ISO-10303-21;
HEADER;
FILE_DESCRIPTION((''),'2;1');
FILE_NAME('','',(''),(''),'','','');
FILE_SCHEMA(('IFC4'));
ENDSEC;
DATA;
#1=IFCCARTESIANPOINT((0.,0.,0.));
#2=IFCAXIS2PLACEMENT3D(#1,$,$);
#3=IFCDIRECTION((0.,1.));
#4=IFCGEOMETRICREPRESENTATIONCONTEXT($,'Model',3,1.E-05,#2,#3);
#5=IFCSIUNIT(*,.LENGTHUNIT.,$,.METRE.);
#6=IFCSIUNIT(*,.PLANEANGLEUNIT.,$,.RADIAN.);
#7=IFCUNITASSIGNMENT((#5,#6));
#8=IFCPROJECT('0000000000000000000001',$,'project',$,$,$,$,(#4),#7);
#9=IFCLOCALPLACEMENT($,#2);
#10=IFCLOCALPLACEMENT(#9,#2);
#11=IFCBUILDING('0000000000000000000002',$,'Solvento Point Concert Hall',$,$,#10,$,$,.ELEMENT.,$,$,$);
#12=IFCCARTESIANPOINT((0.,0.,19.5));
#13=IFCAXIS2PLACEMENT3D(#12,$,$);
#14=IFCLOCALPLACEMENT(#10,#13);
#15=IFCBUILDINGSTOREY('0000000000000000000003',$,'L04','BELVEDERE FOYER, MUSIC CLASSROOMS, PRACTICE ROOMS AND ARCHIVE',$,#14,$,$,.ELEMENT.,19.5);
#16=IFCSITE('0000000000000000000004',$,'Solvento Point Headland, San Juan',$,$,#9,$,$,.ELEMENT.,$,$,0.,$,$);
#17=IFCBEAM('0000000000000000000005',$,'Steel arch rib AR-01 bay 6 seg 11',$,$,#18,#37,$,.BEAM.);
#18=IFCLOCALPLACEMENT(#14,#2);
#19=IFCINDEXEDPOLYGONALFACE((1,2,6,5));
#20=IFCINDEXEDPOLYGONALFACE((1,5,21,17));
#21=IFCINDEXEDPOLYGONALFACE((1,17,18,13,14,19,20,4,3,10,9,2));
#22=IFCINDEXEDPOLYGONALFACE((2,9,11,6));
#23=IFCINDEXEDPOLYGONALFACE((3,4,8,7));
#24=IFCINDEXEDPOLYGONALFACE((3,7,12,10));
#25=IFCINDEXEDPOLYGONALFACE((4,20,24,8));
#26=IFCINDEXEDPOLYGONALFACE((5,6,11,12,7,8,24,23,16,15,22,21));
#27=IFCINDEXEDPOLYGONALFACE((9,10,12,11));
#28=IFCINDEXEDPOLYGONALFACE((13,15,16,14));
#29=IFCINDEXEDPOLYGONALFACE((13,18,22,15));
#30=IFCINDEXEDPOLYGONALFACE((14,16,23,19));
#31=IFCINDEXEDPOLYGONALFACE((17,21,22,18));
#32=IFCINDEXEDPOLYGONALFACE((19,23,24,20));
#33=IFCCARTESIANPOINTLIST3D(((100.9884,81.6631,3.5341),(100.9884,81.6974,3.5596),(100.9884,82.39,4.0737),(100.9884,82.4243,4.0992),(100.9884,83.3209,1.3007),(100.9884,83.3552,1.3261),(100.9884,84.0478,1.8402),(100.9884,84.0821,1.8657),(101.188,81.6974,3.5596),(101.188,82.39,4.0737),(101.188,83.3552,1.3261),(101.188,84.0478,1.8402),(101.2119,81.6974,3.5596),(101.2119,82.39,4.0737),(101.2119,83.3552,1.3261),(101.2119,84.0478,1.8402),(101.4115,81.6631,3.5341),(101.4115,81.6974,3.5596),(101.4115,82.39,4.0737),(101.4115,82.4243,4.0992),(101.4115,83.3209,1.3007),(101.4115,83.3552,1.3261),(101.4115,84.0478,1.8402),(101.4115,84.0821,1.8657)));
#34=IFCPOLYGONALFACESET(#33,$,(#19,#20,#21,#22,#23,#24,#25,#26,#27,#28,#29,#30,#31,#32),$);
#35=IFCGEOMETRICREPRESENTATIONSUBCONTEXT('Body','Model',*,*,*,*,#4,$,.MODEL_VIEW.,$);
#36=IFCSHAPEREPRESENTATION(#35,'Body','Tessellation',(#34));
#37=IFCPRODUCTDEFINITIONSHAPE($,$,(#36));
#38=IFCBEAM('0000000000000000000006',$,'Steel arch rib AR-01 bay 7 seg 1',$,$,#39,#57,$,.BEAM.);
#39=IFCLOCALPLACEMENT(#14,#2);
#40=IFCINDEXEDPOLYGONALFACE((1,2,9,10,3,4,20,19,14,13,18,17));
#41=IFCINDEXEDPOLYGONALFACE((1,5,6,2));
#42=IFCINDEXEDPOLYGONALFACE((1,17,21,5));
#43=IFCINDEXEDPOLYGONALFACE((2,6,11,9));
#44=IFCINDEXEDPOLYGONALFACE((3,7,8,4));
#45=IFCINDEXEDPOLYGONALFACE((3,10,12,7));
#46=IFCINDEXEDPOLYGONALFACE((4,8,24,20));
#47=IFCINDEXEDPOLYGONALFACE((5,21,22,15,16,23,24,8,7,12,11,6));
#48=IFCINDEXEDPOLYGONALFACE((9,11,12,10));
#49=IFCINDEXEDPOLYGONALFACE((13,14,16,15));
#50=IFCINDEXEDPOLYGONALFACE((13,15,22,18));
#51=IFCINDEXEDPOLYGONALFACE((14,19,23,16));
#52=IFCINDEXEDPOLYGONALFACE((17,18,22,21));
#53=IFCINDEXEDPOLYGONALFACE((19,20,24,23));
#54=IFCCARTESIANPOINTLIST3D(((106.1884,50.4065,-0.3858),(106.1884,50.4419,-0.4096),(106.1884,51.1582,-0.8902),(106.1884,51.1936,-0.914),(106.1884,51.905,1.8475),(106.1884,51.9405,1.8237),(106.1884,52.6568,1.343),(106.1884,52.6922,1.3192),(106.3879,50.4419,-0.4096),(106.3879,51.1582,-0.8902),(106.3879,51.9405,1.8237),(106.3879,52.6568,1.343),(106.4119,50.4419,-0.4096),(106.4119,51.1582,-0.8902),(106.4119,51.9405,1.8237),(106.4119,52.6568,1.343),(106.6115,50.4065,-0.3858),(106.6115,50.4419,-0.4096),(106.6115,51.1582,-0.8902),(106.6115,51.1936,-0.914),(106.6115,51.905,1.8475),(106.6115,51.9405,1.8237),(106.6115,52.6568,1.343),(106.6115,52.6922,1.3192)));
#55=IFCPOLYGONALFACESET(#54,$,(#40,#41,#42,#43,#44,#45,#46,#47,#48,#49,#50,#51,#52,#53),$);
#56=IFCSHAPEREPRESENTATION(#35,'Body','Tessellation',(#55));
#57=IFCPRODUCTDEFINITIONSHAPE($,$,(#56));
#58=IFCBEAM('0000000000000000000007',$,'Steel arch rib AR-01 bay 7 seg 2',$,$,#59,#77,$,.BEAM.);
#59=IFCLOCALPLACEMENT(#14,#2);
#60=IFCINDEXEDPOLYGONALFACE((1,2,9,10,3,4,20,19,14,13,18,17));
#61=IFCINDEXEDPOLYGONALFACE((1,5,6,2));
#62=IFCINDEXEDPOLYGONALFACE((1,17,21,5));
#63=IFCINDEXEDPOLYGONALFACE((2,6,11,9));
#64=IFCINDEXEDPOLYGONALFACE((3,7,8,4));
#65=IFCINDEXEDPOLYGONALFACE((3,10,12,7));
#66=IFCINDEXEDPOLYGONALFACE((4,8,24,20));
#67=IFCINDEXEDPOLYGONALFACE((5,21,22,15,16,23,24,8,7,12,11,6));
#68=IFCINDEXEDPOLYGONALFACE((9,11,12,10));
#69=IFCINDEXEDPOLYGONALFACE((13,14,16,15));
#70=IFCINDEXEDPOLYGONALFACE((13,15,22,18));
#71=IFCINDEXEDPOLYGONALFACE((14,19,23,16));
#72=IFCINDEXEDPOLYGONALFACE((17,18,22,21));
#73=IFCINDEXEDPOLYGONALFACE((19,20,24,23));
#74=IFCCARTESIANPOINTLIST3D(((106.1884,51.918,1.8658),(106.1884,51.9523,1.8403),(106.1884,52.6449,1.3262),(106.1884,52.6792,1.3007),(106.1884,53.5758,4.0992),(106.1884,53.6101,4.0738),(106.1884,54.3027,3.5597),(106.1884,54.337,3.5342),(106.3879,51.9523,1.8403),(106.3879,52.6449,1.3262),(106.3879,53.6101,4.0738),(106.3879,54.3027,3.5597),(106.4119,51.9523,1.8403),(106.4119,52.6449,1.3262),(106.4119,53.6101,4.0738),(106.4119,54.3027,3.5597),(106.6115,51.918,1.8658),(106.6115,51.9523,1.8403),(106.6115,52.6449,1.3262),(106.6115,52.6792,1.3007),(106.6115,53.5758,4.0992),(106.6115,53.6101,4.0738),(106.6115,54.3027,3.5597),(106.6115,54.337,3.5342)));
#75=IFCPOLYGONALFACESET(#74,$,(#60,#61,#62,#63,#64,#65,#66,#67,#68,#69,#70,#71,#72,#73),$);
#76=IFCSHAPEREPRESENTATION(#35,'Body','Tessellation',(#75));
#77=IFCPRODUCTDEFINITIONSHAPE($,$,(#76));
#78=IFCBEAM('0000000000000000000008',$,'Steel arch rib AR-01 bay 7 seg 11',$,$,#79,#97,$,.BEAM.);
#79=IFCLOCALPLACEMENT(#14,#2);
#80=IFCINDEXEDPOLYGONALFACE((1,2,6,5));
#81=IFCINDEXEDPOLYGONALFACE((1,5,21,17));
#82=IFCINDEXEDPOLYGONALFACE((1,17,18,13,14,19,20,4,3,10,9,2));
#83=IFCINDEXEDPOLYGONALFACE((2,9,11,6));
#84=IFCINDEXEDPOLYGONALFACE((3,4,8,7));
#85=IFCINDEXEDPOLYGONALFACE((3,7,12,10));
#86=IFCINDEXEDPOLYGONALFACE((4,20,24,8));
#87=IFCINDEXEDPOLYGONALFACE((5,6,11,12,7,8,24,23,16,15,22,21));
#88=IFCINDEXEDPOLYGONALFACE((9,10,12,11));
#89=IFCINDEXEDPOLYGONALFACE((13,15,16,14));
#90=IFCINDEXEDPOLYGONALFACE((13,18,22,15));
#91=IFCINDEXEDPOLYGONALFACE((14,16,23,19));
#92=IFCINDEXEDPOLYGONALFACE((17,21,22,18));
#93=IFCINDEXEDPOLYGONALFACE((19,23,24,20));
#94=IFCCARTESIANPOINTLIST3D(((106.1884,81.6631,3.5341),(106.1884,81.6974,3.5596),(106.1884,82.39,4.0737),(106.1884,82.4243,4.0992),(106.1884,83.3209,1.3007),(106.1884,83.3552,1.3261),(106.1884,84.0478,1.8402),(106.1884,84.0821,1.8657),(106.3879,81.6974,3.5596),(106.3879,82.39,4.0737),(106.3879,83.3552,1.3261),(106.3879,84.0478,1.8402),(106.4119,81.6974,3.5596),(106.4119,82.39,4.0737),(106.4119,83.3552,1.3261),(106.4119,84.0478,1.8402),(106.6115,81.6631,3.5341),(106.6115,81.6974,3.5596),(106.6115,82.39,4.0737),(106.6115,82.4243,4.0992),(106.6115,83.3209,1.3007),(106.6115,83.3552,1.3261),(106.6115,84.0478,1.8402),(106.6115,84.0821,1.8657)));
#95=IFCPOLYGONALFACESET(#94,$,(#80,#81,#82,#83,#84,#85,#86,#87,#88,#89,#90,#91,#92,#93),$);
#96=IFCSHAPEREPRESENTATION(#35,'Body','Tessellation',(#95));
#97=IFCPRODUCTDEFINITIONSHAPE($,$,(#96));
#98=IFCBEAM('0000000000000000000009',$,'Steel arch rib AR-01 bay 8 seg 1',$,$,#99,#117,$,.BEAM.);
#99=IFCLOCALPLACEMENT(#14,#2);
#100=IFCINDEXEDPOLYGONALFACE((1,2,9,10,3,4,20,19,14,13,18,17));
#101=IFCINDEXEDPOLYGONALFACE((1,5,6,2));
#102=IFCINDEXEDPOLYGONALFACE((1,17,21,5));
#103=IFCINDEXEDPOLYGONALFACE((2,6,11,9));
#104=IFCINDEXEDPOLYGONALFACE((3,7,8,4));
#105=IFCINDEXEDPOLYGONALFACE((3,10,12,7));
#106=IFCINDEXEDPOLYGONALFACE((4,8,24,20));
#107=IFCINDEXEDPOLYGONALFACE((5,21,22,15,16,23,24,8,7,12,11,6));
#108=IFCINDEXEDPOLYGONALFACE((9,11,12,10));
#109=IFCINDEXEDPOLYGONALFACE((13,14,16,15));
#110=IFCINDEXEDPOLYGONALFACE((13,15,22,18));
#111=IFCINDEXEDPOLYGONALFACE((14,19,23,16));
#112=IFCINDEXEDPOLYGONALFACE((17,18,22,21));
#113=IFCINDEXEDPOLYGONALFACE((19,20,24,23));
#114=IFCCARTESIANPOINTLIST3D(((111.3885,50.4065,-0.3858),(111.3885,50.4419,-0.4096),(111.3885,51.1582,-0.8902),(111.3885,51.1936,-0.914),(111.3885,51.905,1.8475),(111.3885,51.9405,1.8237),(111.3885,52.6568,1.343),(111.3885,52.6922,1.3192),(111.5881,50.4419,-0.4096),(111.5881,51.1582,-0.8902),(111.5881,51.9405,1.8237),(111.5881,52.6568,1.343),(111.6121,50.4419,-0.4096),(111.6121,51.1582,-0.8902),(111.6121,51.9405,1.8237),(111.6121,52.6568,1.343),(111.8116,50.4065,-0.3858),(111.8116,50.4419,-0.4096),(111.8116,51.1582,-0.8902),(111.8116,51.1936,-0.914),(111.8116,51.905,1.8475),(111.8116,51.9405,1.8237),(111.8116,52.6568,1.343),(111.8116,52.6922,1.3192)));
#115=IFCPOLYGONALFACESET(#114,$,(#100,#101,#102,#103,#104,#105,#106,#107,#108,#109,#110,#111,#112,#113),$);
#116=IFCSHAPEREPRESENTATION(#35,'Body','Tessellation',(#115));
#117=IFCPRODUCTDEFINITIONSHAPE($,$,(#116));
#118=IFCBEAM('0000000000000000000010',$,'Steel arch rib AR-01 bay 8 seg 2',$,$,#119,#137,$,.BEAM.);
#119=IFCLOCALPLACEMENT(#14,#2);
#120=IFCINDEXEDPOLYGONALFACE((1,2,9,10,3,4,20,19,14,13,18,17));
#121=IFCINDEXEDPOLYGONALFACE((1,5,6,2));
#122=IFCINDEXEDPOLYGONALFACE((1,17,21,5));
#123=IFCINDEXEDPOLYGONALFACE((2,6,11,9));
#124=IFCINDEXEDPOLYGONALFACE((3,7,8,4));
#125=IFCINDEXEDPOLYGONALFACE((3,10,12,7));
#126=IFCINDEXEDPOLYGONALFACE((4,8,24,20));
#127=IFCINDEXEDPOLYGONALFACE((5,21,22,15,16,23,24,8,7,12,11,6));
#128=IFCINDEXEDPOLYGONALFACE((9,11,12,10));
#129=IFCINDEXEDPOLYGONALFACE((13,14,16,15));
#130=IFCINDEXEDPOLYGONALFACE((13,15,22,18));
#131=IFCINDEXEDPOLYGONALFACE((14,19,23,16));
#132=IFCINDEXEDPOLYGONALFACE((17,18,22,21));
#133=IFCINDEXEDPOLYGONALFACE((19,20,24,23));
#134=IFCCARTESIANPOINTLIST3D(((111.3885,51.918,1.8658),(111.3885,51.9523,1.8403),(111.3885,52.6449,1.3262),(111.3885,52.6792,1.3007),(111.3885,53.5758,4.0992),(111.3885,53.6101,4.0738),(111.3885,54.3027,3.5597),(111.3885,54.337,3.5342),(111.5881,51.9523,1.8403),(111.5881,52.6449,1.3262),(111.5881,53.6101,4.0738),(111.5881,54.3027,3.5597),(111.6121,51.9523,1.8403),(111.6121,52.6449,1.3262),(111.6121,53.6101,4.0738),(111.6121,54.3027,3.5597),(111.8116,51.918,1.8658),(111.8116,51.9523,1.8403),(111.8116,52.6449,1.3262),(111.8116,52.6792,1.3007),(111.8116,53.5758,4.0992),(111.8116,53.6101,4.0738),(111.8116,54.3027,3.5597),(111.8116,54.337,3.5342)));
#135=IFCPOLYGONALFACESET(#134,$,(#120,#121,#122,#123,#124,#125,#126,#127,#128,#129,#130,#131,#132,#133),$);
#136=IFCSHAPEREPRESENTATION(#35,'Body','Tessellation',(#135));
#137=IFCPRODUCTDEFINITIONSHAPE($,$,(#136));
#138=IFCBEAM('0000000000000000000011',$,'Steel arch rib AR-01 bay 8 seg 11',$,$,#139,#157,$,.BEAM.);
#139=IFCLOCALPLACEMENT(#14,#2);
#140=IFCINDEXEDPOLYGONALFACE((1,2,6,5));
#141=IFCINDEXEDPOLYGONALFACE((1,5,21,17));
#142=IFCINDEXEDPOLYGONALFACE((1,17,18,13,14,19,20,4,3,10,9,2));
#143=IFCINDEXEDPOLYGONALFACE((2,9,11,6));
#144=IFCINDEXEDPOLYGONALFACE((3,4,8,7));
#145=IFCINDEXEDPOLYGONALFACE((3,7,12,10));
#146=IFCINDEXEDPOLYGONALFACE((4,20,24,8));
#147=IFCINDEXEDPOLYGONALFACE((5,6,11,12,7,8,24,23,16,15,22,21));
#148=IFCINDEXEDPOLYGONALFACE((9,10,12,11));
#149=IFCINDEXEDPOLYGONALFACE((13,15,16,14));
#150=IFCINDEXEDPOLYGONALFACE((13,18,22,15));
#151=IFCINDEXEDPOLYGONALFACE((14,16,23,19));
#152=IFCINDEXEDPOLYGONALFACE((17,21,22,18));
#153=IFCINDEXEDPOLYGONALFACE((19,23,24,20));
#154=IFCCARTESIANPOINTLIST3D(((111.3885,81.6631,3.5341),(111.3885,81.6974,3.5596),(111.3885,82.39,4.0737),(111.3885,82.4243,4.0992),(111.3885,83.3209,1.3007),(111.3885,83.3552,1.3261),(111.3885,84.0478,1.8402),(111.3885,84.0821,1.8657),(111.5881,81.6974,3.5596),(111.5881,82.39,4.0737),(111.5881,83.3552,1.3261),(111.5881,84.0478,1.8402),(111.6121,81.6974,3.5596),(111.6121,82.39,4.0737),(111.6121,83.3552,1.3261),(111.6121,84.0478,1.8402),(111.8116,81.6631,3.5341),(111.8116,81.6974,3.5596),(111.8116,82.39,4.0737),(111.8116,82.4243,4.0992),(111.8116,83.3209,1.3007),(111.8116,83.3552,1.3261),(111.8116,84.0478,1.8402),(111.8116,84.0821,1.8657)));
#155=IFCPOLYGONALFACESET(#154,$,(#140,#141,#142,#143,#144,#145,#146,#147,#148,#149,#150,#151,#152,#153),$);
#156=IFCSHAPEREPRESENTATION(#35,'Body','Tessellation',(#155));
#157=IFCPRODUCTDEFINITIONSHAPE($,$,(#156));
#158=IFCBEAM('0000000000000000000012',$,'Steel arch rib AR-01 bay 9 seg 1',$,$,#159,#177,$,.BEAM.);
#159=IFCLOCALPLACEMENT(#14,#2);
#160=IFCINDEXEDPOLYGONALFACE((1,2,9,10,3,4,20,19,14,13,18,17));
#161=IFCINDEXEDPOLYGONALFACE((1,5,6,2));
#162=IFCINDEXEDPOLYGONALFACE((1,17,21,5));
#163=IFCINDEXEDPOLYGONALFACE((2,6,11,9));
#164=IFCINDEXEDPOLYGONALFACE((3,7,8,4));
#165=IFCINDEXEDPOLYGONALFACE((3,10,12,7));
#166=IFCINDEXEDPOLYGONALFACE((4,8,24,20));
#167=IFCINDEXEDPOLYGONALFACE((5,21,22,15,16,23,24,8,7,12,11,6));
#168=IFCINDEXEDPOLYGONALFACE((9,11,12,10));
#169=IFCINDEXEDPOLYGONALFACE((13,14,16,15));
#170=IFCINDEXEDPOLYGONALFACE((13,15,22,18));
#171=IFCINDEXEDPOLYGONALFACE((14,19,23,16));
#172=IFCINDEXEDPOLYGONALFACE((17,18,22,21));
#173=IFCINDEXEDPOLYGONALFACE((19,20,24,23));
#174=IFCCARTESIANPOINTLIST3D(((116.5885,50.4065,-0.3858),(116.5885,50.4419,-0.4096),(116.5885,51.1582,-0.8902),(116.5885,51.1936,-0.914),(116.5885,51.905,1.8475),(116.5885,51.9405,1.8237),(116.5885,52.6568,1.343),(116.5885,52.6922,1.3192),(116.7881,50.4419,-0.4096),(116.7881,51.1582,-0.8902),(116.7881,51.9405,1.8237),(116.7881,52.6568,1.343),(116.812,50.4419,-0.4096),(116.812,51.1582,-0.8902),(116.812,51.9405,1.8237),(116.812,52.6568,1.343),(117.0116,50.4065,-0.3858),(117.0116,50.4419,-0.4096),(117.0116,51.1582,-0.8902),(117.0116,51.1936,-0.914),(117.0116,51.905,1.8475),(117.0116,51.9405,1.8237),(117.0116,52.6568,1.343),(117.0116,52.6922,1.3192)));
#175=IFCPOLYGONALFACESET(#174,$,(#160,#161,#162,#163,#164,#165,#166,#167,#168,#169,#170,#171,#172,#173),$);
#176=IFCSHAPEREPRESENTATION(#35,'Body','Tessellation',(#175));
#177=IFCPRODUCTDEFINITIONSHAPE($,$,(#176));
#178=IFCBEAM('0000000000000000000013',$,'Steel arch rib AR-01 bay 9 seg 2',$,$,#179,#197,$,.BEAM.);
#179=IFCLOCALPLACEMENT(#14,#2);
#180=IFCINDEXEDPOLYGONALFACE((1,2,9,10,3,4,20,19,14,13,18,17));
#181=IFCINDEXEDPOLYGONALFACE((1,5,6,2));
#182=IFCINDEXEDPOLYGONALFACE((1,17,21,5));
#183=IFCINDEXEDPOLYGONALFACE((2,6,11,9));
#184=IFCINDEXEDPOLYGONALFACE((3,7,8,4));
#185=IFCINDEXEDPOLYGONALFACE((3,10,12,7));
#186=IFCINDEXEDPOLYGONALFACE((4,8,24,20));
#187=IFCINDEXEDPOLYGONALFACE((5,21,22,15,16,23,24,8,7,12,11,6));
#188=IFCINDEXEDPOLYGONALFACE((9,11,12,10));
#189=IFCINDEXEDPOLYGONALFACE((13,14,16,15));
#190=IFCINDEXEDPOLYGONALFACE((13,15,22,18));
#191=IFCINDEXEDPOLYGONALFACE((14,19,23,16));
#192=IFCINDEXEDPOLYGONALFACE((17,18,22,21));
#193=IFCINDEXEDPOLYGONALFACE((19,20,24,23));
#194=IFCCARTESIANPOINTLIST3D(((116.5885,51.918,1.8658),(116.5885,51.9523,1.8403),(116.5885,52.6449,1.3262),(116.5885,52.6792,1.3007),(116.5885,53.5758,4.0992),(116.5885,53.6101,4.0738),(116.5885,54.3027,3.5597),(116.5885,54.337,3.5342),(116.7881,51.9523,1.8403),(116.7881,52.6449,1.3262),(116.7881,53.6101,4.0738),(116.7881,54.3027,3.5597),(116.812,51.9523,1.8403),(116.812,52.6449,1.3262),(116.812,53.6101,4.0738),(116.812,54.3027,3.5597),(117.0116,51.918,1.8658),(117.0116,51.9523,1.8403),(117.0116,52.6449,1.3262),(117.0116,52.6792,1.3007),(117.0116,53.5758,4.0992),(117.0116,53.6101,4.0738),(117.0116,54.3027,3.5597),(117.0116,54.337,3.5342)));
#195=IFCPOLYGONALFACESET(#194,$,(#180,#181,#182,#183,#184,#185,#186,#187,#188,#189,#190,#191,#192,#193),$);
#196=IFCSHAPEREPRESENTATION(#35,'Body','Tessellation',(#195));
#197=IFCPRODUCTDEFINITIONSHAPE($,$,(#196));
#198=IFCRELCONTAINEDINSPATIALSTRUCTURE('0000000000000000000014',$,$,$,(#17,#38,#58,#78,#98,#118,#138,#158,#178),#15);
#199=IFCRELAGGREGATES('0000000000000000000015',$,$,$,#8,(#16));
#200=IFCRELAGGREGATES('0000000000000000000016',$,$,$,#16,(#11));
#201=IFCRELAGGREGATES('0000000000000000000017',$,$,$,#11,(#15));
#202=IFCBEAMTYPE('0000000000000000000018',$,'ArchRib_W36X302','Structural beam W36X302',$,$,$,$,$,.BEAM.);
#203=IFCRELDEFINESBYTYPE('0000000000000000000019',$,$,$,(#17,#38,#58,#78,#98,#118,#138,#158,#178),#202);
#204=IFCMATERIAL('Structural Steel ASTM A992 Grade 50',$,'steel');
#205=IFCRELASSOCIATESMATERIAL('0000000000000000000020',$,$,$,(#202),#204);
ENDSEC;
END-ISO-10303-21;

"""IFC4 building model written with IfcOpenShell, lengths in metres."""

from ifc_helpers import new_model, si_unit, direction, frame, origin, origin_2d, place, context, subcontext, project, spatial, i_section, extrude, material, material_profile, profile_set, type_object, element, save


model = new_model("IFC4")

# Units and contexts
model_context = context("Model", 3, precision=1e-05, world=origin(), true_north=direction((0.0, 1.0)))
body_context = subcontext(model_context, "Body", "Model", "MODEL_VIEW")
ifc_project = project(units=[si_unit("LENGTHUNIT", "METRE"), si_unit("PLANEANGLEUNIT", "RADIAN")], contexts=[model_context])

# Site, building, storey
site_placement = place(None, origin())
site = spatial("IfcSite", under=ifc_project, at=site_placement, Name="Solvento Point Headland, San Juan", CompositionType="ELEMENT", RefElevation=0.0)
building_placement = place(site_placement, origin())
building = spatial("IfcBuilding", under=site, at=building_placement, Name="Solvento Point Concert Hall", CompositionType="ELEMENT")
storey_placement = place(building_placement, frame((0.0, 0.0, 19.5)))
storey = spatial("IfcBuildingStorey", under=building, at=storey_placement, Name="L04", Description="BELVEDERE FOYER, MUSIC CLASSROOMS, PRACTICE ROOMS AND ARCHIVE", CompositionType="ELEMENT", Elevation=19.5)

# Beams
ifc_material_1 = material(Name="Structural Steel ASTM A992 Grade 50", Category="steel")
ifc_material_profile_1 = material_profile(ifc_material_1, i_section(OverallWidth=0.4231, OverallDepth=0.948, WebThickness=0.0239, FlangeThickness=0.0427, at=origin_2d()), Name="W36X302")
ifc_profile_set_1 = profile_set([ifc_material_profile_1], Name="Structural Steel ASTM A992 Grade 50")
beam_type_1 = type_object("IfcBeamType", Name="ArchRib_W36X302", Description="Structural beam W36X302", PredefinedType="BEAM", material=ifc_profile_set_1)
beam_1_placement = place(storey_placement, frame((101.2, 82.0437, 3.8167), z_axis=(0.0, 0.596004, -0.802981), x_axis=(-1.0, 0.0, 0.0)))
element("IfcBeam", 1, at=beam_1_placement, inside=storey, type_object=beam_type_1, Name="Steel arch rib AR-01 bay 6 seg 11", PredefinedType="BEAM", context=body_context, shape_type="SweptSolid", body=[
    extrude(i_section(OverallWidth=0.4231, OverallDepth=0.948, WebThickness=0.0239, FlangeThickness=0.0427, at=origin_2d()), origin(), (0.0, 0.0, 1.0), 2.7815),
])
beam_2_placement = place(storey_placement, frame((106.3999, 50.8, -0.6499), z_axis=(0.0, 0.557212, 0.830371), x_axis=(-1.0, 0.0, 0.0)))
element("IfcBeam", 2, at=beam_2_placement, inside=storey, type_object=beam_type_1, Name="Steel arch rib AR-01 bay 7 seg 1", PredefinedType="BEAM", context=body_context, shape_type="SweptSolid", body=[
    extrude(i_section(OverallWidth=0.4231, OverallDepth=0.948, WebThickness=0.0239, FlangeThickness=0.0427, at=origin_2d()), origin(), (0.0, 0.0, 1.0), 2.6895),
])
for number, where, z_axis, x_axis, name in (
    (3, (106.3999, 52.2986, 1.5833), (0.0, 0.596004, 0.802981), (-1.0, 0.0, 0.0), "Steel arch rib AR-01 bay 7 seg 2"),
    (4, (106.3999, 82.0437, 3.8167), (0.0, 0.596004, -0.802981), (-1.0, 0.0, 0.0), "Steel arch rib AR-01 bay 7 seg 11"),
):
    element("IfcBeam", number, at=place(storey_placement, frame(where, z_axis=z_axis, x_axis=x_axis)), inside=storey, type_object=beam_type_1, Name=name, PredefinedType="BEAM", context=body_context, shape_type="SweptSolid", body=[
        extrude(i_section(OverallWidth=0.4231, OverallDepth=0.948, WebThickness=0.0239, FlangeThickness=0.0427, at=origin_2d()), origin(), (0.0, 0.0, 1.0), 2.7815),
    ])
beam_3_placement = place(storey_placement, frame((111.6001, 50.8, -0.6499), z_axis=(0.0, 0.557212, 0.830371), x_axis=(-1.0, 0.0, 0.0)))
element("IfcBeam", 5, at=beam_3_placement, inside=storey, type_object=beam_type_1, Name="Steel arch rib AR-01 bay 8 seg 1", PredefinedType="BEAM", context=body_context, shape_type="SweptSolid", body=[
    extrude(i_section(OverallWidth=0.4231, OverallDepth=0.948, WebThickness=0.0239, FlangeThickness=0.0427, at=origin_2d()), origin(), (0.0, 0.0, 1.0), 2.6895),
])
for number, where, z_axis, x_axis, name in (
    (6, (111.6001, 52.2986, 1.5833), (0.0, 0.596004, 0.802981), (-1.0, 0.0, 0.0), "Steel arch rib AR-01 bay 8 seg 2"),
    (7, (111.6001, 82.0437, 3.8167), (0.0, 0.596004, -0.802981), (-1.0, 0.0, 0.0), "Steel arch rib AR-01 bay 8 seg 11"),
):
    element("IfcBeam", number, at=place(storey_placement, frame(where, z_axis=z_axis, x_axis=x_axis)), inside=storey, type_object=beam_type_1, Name=name, PredefinedType="BEAM", context=body_context, shape_type="SweptSolid", body=[
        extrude(i_section(OverallWidth=0.4231, OverallDepth=0.948, WebThickness=0.0239, FlangeThickness=0.0427, at=origin_2d()), origin(), (0.0, 0.0, 1.0), 2.7815),
    ])
beam_4_placement = place(storey_placement, frame((116.8, 50.8, -0.6499), z_axis=(0.0, 0.557212, 0.830371), x_axis=(-1.0, 0.0, 0.0)))
element("IfcBeam", 8, at=beam_4_placement, inside=storey, type_object=beam_type_1, Name="Steel arch rib AR-01 bay 9 seg 1", PredefinedType="BEAM", context=body_context, shape_type="SweptSolid", body=[
    extrude(i_section(OverallWidth=0.4231, OverallDepth=0.948, WebThickness=0.0239, FlangeThickness=0.0427, at=origin_2d()), origin(), (0.0, 0.0, 1.0), 2.6895),
])
for number, where, z_axis, x_axis, name in (
    (9, (116.8, 52.2986, 1.5833), (0.0, 0.596004, 0.802981), (-1.0, 0.0, 0.0), "Steel arch rib AR-01 bay 9 seg 2"),
):
    element("IfcBeam", number, at=place(storey_placement, frame(where, z_axis=z_axis, x_axis=x_axis)), inside=storey, type_object=beam_type_1, Name=name, PredefinedType="BEAM", context=body_context, shape_type="SweptSolid", body=[
        extrude(i_section(OverallWidth=0.4231, OverallDepth=0.948, WebThickness=0.0239, FlangeThickness=0.0427, at=origin_2d()), origin(), (0.0, 0.0, 1.0), 2.7815),
    ])

save(model, "model.ifc")
